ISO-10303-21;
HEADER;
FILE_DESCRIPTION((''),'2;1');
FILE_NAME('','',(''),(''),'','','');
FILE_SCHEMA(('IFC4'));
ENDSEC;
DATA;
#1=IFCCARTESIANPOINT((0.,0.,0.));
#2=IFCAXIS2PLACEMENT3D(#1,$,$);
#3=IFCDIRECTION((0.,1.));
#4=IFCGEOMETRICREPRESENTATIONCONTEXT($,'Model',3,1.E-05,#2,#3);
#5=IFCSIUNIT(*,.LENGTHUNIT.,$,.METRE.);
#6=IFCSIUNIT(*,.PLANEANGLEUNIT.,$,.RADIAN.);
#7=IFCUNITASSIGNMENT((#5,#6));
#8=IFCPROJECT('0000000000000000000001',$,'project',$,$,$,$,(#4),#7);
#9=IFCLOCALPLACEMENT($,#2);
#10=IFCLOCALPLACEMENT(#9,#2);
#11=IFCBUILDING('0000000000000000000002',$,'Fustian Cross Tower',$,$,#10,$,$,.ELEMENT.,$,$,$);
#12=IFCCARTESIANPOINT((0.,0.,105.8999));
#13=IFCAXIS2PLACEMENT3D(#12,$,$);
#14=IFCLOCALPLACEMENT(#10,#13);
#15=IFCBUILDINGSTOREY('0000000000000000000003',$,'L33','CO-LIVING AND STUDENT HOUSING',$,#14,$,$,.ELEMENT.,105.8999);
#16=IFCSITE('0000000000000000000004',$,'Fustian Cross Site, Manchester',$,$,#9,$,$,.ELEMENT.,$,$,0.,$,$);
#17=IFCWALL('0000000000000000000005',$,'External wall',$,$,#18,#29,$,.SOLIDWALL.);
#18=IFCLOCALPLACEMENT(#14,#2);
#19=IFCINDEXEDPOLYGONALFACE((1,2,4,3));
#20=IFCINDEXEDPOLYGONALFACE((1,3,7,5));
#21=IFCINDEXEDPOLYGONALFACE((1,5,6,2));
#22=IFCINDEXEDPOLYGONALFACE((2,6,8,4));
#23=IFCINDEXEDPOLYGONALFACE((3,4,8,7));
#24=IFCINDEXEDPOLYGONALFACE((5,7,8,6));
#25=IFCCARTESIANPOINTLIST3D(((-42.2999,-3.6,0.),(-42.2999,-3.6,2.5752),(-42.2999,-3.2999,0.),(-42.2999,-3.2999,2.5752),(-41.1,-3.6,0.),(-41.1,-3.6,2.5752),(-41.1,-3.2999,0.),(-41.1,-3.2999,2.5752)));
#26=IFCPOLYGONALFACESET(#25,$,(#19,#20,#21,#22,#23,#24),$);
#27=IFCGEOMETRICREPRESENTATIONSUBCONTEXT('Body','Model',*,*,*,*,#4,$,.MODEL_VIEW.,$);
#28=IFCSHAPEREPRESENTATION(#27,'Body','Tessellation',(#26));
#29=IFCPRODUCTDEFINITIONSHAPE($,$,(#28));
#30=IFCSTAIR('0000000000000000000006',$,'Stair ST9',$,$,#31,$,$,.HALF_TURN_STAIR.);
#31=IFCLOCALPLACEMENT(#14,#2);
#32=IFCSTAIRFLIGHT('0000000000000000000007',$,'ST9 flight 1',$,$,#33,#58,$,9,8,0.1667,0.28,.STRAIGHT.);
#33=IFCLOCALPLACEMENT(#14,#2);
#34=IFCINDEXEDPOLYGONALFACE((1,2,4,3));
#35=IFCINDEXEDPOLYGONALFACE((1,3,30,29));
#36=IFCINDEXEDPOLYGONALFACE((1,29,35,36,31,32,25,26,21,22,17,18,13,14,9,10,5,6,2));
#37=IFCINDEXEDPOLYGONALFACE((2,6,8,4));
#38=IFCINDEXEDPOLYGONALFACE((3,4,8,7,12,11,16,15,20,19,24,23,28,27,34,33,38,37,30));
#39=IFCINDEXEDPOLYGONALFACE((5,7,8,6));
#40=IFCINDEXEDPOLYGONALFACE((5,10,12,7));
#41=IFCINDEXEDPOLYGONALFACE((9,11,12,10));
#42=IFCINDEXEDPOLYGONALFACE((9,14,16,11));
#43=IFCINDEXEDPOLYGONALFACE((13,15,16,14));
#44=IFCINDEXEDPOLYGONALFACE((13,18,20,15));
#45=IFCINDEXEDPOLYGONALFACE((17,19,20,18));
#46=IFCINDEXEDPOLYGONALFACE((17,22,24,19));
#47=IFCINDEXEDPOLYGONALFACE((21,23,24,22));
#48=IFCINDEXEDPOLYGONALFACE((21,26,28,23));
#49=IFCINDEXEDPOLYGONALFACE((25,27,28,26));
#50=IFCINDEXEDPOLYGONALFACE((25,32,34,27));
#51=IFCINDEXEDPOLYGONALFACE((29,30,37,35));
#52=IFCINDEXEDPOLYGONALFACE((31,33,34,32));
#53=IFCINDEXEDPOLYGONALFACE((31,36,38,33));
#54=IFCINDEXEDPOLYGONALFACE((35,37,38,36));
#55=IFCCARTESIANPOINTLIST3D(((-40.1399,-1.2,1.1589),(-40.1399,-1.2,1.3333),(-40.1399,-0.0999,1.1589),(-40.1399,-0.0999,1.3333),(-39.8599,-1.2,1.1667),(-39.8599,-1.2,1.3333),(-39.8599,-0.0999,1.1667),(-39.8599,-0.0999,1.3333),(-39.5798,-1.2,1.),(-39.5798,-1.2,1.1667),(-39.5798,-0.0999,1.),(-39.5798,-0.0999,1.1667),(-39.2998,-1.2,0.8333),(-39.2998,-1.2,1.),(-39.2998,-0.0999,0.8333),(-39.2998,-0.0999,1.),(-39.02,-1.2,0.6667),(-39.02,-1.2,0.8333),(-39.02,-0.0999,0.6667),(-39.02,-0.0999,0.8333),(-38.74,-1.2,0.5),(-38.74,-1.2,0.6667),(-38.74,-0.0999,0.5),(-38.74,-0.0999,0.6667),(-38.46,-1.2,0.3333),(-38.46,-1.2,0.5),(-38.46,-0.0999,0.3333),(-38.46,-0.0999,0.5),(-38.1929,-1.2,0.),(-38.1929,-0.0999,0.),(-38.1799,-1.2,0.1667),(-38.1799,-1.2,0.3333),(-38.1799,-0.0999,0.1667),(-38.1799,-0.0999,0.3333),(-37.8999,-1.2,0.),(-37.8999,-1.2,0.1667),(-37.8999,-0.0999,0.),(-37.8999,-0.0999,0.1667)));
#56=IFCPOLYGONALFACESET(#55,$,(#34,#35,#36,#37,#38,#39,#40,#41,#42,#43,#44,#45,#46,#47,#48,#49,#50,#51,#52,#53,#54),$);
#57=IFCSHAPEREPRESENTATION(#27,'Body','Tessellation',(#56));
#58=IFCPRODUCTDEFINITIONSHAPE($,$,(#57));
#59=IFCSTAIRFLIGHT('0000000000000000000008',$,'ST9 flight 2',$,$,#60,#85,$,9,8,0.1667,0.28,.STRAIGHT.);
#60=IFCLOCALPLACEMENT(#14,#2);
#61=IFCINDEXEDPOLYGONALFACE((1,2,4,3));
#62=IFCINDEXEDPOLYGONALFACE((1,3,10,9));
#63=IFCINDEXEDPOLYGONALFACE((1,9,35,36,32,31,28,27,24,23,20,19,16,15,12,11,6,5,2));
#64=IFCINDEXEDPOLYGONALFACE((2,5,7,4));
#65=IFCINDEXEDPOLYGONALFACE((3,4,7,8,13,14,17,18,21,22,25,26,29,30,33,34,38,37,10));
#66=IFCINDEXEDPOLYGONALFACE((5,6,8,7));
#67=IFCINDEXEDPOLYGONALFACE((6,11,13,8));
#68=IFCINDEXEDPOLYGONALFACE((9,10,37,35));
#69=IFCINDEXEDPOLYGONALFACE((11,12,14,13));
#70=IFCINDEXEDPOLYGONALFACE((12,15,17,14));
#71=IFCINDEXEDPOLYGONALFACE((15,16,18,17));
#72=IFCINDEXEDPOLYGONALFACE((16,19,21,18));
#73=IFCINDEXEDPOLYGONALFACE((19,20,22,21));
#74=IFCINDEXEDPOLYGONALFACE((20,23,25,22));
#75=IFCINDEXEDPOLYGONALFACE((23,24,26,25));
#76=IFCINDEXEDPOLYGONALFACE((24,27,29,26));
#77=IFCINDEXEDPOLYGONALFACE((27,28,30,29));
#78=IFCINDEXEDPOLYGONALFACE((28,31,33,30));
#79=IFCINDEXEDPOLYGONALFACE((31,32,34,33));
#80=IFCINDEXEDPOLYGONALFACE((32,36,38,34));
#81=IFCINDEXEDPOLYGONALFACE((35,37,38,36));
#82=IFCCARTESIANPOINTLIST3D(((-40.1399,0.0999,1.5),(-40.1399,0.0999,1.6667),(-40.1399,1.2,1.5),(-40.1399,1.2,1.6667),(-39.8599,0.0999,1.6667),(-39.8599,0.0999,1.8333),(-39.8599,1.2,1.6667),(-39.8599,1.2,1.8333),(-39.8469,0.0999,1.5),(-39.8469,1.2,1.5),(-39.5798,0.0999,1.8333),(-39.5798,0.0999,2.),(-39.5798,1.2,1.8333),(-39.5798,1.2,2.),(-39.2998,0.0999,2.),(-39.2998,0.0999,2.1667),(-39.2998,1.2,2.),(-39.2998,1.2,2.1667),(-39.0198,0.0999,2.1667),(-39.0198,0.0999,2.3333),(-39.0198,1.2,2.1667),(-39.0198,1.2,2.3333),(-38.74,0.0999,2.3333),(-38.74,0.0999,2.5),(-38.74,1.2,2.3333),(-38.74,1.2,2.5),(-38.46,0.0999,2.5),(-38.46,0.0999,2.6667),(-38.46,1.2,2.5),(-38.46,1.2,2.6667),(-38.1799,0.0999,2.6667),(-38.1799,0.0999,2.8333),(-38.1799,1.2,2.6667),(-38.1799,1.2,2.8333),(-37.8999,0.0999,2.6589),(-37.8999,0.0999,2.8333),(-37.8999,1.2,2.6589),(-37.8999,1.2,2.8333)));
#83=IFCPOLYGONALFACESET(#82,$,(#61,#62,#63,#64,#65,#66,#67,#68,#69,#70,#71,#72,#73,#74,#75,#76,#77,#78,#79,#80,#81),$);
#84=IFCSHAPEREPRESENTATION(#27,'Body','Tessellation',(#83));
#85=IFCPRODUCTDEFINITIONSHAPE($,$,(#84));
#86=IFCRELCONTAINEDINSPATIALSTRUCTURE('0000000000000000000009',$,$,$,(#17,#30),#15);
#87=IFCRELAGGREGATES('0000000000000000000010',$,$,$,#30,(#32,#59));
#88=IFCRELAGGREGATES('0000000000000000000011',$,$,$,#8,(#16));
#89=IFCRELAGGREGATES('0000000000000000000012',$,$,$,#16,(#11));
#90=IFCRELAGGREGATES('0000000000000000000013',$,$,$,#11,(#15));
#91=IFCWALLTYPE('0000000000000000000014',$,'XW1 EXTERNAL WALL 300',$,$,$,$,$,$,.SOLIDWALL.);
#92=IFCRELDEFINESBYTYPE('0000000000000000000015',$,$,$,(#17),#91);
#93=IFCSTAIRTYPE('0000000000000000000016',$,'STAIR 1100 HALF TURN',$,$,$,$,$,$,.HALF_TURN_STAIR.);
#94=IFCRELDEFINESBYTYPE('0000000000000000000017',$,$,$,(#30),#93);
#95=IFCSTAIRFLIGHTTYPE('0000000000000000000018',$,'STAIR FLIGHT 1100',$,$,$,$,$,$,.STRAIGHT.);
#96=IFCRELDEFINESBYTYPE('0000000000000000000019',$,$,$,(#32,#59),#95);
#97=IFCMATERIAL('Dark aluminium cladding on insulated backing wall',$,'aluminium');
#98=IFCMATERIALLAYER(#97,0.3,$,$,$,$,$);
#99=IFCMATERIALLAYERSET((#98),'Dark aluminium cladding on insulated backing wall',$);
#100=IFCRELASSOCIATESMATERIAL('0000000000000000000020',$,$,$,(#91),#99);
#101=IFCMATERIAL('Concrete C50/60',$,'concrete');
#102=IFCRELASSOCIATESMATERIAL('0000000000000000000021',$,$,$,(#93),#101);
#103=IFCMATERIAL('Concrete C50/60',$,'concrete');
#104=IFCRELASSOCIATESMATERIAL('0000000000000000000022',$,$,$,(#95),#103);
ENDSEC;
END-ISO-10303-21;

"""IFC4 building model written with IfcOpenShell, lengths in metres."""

from ifc_helpers import new_model, si_unit, direction, frame, frame_2d, origin, place, context, subcontext, project, spatial, polyline, rectangle, outline, extrude, material, layer, layer_set, type_object, element, aggregate, save


model = new_model("IFC4")

# Units and contexts
model_context = context("Model", 3, precision=1e-05, world=origin(), true_north=direction((0.0, 1.0)))
body_context = subcontext(model_context, "Body", "Model", "MODEL_VIEW")
ifc_project = project(units=[si_unit("LENGTHUNIT", "METRE"), si_unit("PLANEANGLEUNIT", "RADIAN")], contexts=[model_context])

# Site, building, storey
site_placement = place(None, origin())
site = spatial("IfcSite", under=ifc_project, at=site_placement, Name="Fustian Cross Site, Manchester", CompositionType="ELEMENT", RefElevation=0.0)
building_placement = place(site_placement, origin())
building = spatial("IfcBuilding", under=site, at=building_placement, Name="Fustian Cross Tower", CompositionType="ELEMENT")
storey_placement = place(building_placement, frame((0.0, 0.0, 105.8999)))
storey = spatial("IfcBuildingStorey", under=building, at=storey_placement, Name="L33", Description="CO-LIVING AND STUDENT HOUSING", CompositionType="ELEMENT", Elevation=105.8999)

# Wall
ifc_material_1 = material(Name="Dark aluminium cladding on insulated backing wall", Category="aluminium")
ifc_layer_1 = layer(ifc_material_1, 0.3)
ifc_layer_set_1 = layer_set([ifc_layer_1], Name="Dark aluminium cladding on insulated backing wall")
wall_type_1 = type_object("IfcWallType", Name="XW1 EXTERNAL WALL 300", PredefinedType="SOLIDWALL", material=ifc_layer_set_1)
wall_1_placement = place(storey_placement, frame((-42.3, -3.45, 0.0), z_axis=(0.0, 0.0, 1.0), x_axis=(1.0, 0.0, 0.0)))
element("IfcWall", 1, at=wall_1_placement, inside=storey, type_object=wall_type_1, Name="External wall", PredefinedType="SOLIDWALL", context=body_context, shape_type="SweptSolid", body=[
    extrude(rectangle(XDim=1.2, YDim=0.3, at=frame_2d((0.6001, 0.0))), origin(), (0.0, 0.0, 1.0), 2.5752),
])

# Stair, stair flights
ifc_material_2 = material(Name="Concrete C50/60", Category="concrete")
stair_type = type_object("IfcStairType", Name="STAIR 1100 HALF TURN", PredefinedType="HALF_TURN_STAIR", material=ifc_material_2)
stair_placement = place(storey_placement, origin())
stair = element("IfcStair", 2, at=stair_placement, inside=storey, type_object=stair_type, Name="Stair ST9", PredefinedType="HALF_TURN_STAIR")
ifc_material_3 = material(Name="Concrete C50/60", Category="concrete")
stair_flight_type = type_object("IfcStairFlightType", Name="STAIR FLIGHT 1100", PredefinedType="STRAIGHT", material=ifc_material_3)
stair_flight_1_placement = place(storey_placement, frame((-37.8999, -0.6499, 0.0), z_axis=(0.0, 0.0, 1.0), x_axis=(-1.0, 0.0, 0.0)))
stair_flight_1 = element("IfcStairFlight", 3, at=stair_flight_1_placement, type_object=stair_flight_type, Name="ST9 flight 1", NumberOfRisers=9, NumberOfTreads=8, PredefinedType="STRAIGHT", RiserHeight=0.1667, TreadLength=0.28, context=body_context, shape_type="SweptSolid", body=[
    extrude(outline(polyline([(0.0, 0.0), (0.0, 0.1667), (0.28, 0.1667), (0.28, 0.3333), (0.5601, 0.3333), (0.5601, 0.5), (0.8401, 0.5), (0.8401, 0.6667), (1.1201, 0.6667), (1.1201, 0.8333), (1.3999, 0.8333), (1.3999, 1.0), (1.6799, 1.0), (1.6799, 1.1667), (1.96, 1.1667), (1.96, 1.3333), (2.24, 1.3333), (2.24, 1.5), (2.24, 1.1589), (0.293, 0.0), (0.0, 0.0)])), frame((0.0, 0.55, 0.0), z_axis=(0.0, -1.0, 0.0), x_axis=(1.0, 0.0, 0.0)), (0.0, 0.0, 1.0), 1.1001),
])
stair_flight_2_placement = place(storey_placement, frame((-40.1399, 0.6499, 1.5), z_axis=(0.0, 0.0, 1.0), x_axis=(1.0, 0.0, 0.0)))
stair_flight_2 = element("IfcStairFlight", 4, at=stair_flight_2_placement, type_object=stair_flight_type, Name="ST9 flight 2", NumberOfRisers=9, NumberOfTreads=8, PredefinedType="STRAIGHT", RiserHeight=0.1667, TreadLength=0.28, context=body_context, shape_type="SweptSolid", body=[
    extrude(outline(polyline([(0.0, 0.0), (0.0, 0.1667), (0.28, 0.1667), (0.28, 0.3333), (0.5601, 0.3333), (0.5601, 0.5), (0.8401, 0.5), (0.8401, 0.6667), (1.1201, 0.6667), (1.1201, 0.8333), (1.3999, 0.8333), (1.3999, 1.0), (1.6799, 1.0), (1.6799, 1.1667), (1.96, 1.1667), (1.96, 1.3333), (2.24, 1.3333), (2.24, 1.5), (2.24, 1.1589), (0.293, 0.0), (0.0, 0.0)])), frame((0.0, 0.55, 0.0), z_axis=(0.0, -1.0, 0.0), x_axis=(1.0, 0.0, 0.0)), (0.0, 0.0, 1.0), 1.1001),
])
aggregate(stair, [stair_flight_1, stair_flight_2])

save(model, "model.ifc")
